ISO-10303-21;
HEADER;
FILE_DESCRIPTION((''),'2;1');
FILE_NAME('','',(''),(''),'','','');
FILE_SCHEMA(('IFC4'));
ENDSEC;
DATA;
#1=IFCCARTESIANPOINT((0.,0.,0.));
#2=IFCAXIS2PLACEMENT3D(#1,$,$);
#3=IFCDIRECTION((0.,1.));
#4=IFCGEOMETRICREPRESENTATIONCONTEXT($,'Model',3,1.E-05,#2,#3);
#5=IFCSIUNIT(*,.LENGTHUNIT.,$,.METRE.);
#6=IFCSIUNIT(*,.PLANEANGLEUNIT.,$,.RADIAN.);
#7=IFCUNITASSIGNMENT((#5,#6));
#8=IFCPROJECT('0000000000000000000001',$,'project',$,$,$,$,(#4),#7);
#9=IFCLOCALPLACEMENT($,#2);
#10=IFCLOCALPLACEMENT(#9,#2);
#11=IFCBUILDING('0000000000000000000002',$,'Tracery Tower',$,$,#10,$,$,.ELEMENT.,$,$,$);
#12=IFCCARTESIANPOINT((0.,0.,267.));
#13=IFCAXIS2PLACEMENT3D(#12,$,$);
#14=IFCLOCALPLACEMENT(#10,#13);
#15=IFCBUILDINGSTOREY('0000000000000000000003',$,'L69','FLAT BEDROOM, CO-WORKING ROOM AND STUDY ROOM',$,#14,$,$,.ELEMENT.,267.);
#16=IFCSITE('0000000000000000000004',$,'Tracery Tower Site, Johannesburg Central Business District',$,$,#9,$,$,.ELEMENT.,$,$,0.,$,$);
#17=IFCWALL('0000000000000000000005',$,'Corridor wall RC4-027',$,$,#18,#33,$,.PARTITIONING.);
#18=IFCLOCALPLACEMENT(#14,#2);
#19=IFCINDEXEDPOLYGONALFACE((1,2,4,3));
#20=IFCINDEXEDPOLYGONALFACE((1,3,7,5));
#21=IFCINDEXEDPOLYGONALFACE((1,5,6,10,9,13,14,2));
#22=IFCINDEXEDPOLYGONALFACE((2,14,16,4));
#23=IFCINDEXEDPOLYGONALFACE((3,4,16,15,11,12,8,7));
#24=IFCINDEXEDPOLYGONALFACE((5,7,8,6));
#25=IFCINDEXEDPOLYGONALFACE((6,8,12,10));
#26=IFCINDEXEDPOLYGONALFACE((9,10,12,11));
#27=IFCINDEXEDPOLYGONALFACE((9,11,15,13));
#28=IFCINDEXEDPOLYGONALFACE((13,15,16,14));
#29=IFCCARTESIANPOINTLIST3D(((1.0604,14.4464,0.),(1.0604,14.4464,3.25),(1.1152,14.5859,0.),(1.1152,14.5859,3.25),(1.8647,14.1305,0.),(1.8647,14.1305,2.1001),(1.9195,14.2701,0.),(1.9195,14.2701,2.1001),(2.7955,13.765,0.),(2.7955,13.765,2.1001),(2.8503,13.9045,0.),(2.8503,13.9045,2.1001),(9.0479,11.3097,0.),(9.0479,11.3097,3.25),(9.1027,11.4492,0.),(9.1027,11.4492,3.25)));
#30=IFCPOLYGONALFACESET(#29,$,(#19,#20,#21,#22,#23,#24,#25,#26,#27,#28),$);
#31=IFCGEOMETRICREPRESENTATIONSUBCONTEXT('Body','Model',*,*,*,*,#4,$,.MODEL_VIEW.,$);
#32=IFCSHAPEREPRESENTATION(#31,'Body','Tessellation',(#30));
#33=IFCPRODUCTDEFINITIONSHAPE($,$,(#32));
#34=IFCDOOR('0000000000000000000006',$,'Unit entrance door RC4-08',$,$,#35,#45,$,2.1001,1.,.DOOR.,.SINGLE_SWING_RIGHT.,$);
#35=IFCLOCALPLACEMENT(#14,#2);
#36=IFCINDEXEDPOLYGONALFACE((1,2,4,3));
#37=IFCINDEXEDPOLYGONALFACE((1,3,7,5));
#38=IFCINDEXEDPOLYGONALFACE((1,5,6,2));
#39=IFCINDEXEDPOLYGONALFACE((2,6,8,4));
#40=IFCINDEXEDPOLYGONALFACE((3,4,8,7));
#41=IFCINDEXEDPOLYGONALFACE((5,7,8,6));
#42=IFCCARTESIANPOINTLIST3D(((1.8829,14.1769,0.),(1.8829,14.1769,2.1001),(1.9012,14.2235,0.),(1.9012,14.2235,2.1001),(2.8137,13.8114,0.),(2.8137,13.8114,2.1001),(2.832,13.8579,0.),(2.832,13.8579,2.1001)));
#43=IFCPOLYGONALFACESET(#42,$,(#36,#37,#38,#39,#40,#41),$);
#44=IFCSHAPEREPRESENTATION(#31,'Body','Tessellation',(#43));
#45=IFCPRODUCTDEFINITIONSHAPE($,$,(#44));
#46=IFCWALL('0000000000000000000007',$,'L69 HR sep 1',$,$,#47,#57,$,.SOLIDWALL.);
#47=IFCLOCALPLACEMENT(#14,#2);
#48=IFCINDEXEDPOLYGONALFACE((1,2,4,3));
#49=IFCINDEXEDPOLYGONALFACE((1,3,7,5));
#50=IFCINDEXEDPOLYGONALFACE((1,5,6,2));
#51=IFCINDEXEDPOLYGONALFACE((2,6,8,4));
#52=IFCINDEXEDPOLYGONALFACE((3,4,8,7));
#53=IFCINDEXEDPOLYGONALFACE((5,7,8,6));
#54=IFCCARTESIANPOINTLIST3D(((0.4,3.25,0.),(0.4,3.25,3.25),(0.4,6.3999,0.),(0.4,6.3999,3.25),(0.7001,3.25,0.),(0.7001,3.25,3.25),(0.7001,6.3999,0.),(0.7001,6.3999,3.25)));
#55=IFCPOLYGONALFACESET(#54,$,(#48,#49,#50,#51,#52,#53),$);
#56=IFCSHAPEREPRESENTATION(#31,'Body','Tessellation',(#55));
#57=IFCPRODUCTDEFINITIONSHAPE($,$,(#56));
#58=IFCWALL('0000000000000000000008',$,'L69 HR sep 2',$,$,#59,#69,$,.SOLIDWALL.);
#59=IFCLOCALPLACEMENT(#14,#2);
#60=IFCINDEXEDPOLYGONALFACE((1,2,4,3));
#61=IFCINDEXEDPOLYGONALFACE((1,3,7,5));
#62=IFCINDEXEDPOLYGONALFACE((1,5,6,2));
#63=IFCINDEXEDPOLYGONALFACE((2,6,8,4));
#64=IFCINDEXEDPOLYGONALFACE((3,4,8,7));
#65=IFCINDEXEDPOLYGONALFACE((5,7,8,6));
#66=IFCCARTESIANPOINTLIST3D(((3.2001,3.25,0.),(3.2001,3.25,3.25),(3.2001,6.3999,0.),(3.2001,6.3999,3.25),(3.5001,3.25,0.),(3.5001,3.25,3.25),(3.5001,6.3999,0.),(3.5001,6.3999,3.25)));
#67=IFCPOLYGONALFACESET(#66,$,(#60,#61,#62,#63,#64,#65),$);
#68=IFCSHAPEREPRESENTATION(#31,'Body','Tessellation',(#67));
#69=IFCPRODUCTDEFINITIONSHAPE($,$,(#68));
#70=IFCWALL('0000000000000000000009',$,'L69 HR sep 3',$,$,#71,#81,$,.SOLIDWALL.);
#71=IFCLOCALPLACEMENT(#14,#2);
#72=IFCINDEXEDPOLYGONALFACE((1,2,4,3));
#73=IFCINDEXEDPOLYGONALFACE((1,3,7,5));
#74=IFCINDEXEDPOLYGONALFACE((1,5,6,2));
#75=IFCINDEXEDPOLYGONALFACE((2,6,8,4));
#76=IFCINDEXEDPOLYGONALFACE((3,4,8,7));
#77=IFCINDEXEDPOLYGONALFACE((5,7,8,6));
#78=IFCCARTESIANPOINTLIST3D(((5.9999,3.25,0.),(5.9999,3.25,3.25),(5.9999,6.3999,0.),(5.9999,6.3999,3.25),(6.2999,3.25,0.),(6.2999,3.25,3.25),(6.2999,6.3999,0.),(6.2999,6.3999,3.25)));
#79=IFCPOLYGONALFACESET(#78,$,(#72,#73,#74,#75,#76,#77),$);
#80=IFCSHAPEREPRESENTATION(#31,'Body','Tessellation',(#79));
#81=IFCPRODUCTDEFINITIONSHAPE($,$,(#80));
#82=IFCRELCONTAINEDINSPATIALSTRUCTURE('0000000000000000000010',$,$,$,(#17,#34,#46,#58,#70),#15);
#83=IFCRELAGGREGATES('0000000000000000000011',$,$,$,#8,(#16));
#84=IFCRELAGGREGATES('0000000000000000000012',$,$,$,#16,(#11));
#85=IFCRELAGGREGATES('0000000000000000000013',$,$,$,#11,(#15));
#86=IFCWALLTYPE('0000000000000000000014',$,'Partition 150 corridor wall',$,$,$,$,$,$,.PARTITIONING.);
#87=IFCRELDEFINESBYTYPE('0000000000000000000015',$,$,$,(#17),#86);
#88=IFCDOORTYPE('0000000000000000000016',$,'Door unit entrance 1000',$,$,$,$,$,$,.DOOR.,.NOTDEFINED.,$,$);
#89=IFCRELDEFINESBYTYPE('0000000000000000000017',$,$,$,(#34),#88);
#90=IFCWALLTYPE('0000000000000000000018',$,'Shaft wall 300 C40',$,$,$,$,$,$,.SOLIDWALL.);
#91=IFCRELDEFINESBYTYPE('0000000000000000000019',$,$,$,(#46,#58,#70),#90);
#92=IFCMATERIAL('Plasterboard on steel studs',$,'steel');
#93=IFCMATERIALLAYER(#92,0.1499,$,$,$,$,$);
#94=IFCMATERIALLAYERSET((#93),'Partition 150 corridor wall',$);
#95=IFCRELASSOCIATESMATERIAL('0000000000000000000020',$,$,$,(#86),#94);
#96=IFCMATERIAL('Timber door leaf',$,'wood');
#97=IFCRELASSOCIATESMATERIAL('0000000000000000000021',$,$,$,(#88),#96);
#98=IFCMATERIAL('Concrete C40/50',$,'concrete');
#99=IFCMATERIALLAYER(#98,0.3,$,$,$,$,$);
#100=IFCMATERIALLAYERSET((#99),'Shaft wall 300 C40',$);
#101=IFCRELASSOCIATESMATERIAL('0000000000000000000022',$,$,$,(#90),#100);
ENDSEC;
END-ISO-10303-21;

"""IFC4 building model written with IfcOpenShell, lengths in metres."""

from ifc_helpers import new_model, si_unit, direction, frame, frame_2d, origin, place, context, subcontext, project, spatial, rectangle, extrude, material, layer, layer_set, type_object, element, fill, save


model = new_model("IFC4")

# Units and contexts
model_context = context("Model", 3, precision=1e-05, world=origin(), true_north=direction((0.0, 1.0)))
body_context = subcontext(model_context, "Body", "Model", "MODEL_VIEW")
ifc_project = project(units=[si_unit("LENGTHUNIT", "METRE"), si_unit("PLANEANGLEUNIT", "RADIAN")], contexts=[model_context])

# Site, building, storey
site_placement = place(None, origin())
site = spatial("IfcSite", under=ifc_project, at=site_placement, Name="Tracery Tower Site, Johannesburg Central Business District", CompositionType="ELEMENT", RefElevation=0.0)
building_placement = place(site_placement, origin())
building = spatial("IfcBuilding", under=site, at=building_placement, Name="Tracery Tower", CompositionType="ELEMENT")
storey_placement = place(building_placement, frame((0.0, 0.0, 267.0)))
storey = spatial("IfcBuildingStorey", under=building, at=storey_placement, Name="L69", Description="FLAT BEDROOM, CO-WORKING ROOM AND STUDY ROOM", CompositionType="ELEMENT", Elevation=267.0)

# Shared definitions
ifc_material_1 = material(Name="Plasterboard on steel studs", Category="steel")
ifc_layer_1 = layer(ifc_material_1, 0.1499)
ifc_layer_set_1 = layer_set([ifc_layer_1], Name="Partition 150 corridor wall")
wall_type_1 = type_object("IfcWallType", Name="Partition 150 corridor wall", PredefinedType="PARTITIONING", material=ifc_layer_set_1)

# Wall, opening, door
wall_1_placement = place(storey_placement, frame((1.0879, 14.5161, 0.0), z_axis=(0.0, 0.0, 1.0), x_axis=(0.930801, -0.365526, 0.0)))
wall_1 = element("IfcWall", 1, at=wall_1_placement, inside=storey, type_object=wall_type_1, Name="Corridor wall RC4-027", PredefinedType="PARTITIONING", context=body_context, shape_type="SweptSolid", body=[
    extrude(rectangle(XDim=8.5813, YDim=0.1499, at=frame_2d((4.2905, 0.0))), origin(), (0.0, 0.0, 1.0), 3.25),
])
opening_1_placement = place(wall_1_placement, frame((0.864, 0.0, 0.0)))
opening_1 = element("IfcOpeningElement", 2, at=opening_1_placement, cuts=wall_1, PredefinedType="OPENING", context=body_context, shape_type="SweptSolid", body=[
    extrude(rectangle(XDim=1.0, YDim=2.1001, at=frame_2d((0.5, 1.05))), frame((0.0, 0.075, 0.0), z_axis=(0.0, -1.0, 0.0), x_axis=(1.0, 0.0, 0.0)), (0.0, 0.0, 1.0), 0.1499),
])
ifc_material_2 = material(Name="Timber door leaf", Category="wood")
door_type_1 = type_object("IfcDoorType", Name="Door unit entrance 1000", OperationType="NOTDEFINED", PredefinedType="DOOR", material=ifc_material_2)
door_1_placement = place(opening_1_placement, origin())
door_1 = element("IfcDoor", 3, at=door_1_placement, inside=storey, type_object=door_type_1, Name="Unit entrance door RC4-08", OperationType="SINGLE_SWING_RIGHT", OverallHeight=2.1001, OverallWidth=1.0, PredefinedType="DOOR", context=body_context, shape_type="SweptSolid", body=[
    extrude(rectangle(XDim=1.0, YDim=2.1001, at=frame_2d((0.5, 1.05))), frame((0.0, 0.0249, 0.0), z_axis=(0.0, -1.0, 0.0), x_axis=(1.0, 0.0, 0.0)), (0.0, 0.0, 1.0), 0.05),
])
fill(opening_1, door_1)

# Walls
ifc_material_3 = material(Name="Concrete C40/50", Category="concrete")
ifc_layer_2 = layer(ifc_material_3, 0.3)
ifc_layer_set_2 = layer_set([ifc_layer_2], Name="Shaft wall 300 C40")
wall_type_2 = type_object("IfcWallType", Name="Shaft wall 300 C40", PredefinedType="SOLIDWALL", material=ifc_layer_set_2)
for number, where, z_axis, x_axis, name in (
    (4, (0.55, 3.25, 0.0), (0.0, 0.0, 1.0), (0.0, 1.0, 0.0), "L69 HR sep 1"),
    (5, (3.3501, 3.25, 0.0), (0.0, 0.0, 1.0), (0.0, 1.0, 0.0), "L69 HR sep 2"),
    (6, (6.1499, 3.25, 0.0), (0.0, 0.0, 1.0), (0.0, 1.0, 0.0), "L69 HR sep 3"),
):
    element("IfcWall", number, at=place(storey_placement, frame(where, z_axis=z_axis, x_axis=x_axis)), inside=storey, type_object=wall_type_2, Name=name, PredefinedType="SOLIDWALL", context=body_context, shape_type="SweptSolid", body=[
        extrude(rectangle(XDim=3.1499, YDim=0.3, at=frame_2d((1.575, 0.0))), origin(), (0.0, 0.0, 1.0), 3.25),
    ])

save(model, "model.ifc")
